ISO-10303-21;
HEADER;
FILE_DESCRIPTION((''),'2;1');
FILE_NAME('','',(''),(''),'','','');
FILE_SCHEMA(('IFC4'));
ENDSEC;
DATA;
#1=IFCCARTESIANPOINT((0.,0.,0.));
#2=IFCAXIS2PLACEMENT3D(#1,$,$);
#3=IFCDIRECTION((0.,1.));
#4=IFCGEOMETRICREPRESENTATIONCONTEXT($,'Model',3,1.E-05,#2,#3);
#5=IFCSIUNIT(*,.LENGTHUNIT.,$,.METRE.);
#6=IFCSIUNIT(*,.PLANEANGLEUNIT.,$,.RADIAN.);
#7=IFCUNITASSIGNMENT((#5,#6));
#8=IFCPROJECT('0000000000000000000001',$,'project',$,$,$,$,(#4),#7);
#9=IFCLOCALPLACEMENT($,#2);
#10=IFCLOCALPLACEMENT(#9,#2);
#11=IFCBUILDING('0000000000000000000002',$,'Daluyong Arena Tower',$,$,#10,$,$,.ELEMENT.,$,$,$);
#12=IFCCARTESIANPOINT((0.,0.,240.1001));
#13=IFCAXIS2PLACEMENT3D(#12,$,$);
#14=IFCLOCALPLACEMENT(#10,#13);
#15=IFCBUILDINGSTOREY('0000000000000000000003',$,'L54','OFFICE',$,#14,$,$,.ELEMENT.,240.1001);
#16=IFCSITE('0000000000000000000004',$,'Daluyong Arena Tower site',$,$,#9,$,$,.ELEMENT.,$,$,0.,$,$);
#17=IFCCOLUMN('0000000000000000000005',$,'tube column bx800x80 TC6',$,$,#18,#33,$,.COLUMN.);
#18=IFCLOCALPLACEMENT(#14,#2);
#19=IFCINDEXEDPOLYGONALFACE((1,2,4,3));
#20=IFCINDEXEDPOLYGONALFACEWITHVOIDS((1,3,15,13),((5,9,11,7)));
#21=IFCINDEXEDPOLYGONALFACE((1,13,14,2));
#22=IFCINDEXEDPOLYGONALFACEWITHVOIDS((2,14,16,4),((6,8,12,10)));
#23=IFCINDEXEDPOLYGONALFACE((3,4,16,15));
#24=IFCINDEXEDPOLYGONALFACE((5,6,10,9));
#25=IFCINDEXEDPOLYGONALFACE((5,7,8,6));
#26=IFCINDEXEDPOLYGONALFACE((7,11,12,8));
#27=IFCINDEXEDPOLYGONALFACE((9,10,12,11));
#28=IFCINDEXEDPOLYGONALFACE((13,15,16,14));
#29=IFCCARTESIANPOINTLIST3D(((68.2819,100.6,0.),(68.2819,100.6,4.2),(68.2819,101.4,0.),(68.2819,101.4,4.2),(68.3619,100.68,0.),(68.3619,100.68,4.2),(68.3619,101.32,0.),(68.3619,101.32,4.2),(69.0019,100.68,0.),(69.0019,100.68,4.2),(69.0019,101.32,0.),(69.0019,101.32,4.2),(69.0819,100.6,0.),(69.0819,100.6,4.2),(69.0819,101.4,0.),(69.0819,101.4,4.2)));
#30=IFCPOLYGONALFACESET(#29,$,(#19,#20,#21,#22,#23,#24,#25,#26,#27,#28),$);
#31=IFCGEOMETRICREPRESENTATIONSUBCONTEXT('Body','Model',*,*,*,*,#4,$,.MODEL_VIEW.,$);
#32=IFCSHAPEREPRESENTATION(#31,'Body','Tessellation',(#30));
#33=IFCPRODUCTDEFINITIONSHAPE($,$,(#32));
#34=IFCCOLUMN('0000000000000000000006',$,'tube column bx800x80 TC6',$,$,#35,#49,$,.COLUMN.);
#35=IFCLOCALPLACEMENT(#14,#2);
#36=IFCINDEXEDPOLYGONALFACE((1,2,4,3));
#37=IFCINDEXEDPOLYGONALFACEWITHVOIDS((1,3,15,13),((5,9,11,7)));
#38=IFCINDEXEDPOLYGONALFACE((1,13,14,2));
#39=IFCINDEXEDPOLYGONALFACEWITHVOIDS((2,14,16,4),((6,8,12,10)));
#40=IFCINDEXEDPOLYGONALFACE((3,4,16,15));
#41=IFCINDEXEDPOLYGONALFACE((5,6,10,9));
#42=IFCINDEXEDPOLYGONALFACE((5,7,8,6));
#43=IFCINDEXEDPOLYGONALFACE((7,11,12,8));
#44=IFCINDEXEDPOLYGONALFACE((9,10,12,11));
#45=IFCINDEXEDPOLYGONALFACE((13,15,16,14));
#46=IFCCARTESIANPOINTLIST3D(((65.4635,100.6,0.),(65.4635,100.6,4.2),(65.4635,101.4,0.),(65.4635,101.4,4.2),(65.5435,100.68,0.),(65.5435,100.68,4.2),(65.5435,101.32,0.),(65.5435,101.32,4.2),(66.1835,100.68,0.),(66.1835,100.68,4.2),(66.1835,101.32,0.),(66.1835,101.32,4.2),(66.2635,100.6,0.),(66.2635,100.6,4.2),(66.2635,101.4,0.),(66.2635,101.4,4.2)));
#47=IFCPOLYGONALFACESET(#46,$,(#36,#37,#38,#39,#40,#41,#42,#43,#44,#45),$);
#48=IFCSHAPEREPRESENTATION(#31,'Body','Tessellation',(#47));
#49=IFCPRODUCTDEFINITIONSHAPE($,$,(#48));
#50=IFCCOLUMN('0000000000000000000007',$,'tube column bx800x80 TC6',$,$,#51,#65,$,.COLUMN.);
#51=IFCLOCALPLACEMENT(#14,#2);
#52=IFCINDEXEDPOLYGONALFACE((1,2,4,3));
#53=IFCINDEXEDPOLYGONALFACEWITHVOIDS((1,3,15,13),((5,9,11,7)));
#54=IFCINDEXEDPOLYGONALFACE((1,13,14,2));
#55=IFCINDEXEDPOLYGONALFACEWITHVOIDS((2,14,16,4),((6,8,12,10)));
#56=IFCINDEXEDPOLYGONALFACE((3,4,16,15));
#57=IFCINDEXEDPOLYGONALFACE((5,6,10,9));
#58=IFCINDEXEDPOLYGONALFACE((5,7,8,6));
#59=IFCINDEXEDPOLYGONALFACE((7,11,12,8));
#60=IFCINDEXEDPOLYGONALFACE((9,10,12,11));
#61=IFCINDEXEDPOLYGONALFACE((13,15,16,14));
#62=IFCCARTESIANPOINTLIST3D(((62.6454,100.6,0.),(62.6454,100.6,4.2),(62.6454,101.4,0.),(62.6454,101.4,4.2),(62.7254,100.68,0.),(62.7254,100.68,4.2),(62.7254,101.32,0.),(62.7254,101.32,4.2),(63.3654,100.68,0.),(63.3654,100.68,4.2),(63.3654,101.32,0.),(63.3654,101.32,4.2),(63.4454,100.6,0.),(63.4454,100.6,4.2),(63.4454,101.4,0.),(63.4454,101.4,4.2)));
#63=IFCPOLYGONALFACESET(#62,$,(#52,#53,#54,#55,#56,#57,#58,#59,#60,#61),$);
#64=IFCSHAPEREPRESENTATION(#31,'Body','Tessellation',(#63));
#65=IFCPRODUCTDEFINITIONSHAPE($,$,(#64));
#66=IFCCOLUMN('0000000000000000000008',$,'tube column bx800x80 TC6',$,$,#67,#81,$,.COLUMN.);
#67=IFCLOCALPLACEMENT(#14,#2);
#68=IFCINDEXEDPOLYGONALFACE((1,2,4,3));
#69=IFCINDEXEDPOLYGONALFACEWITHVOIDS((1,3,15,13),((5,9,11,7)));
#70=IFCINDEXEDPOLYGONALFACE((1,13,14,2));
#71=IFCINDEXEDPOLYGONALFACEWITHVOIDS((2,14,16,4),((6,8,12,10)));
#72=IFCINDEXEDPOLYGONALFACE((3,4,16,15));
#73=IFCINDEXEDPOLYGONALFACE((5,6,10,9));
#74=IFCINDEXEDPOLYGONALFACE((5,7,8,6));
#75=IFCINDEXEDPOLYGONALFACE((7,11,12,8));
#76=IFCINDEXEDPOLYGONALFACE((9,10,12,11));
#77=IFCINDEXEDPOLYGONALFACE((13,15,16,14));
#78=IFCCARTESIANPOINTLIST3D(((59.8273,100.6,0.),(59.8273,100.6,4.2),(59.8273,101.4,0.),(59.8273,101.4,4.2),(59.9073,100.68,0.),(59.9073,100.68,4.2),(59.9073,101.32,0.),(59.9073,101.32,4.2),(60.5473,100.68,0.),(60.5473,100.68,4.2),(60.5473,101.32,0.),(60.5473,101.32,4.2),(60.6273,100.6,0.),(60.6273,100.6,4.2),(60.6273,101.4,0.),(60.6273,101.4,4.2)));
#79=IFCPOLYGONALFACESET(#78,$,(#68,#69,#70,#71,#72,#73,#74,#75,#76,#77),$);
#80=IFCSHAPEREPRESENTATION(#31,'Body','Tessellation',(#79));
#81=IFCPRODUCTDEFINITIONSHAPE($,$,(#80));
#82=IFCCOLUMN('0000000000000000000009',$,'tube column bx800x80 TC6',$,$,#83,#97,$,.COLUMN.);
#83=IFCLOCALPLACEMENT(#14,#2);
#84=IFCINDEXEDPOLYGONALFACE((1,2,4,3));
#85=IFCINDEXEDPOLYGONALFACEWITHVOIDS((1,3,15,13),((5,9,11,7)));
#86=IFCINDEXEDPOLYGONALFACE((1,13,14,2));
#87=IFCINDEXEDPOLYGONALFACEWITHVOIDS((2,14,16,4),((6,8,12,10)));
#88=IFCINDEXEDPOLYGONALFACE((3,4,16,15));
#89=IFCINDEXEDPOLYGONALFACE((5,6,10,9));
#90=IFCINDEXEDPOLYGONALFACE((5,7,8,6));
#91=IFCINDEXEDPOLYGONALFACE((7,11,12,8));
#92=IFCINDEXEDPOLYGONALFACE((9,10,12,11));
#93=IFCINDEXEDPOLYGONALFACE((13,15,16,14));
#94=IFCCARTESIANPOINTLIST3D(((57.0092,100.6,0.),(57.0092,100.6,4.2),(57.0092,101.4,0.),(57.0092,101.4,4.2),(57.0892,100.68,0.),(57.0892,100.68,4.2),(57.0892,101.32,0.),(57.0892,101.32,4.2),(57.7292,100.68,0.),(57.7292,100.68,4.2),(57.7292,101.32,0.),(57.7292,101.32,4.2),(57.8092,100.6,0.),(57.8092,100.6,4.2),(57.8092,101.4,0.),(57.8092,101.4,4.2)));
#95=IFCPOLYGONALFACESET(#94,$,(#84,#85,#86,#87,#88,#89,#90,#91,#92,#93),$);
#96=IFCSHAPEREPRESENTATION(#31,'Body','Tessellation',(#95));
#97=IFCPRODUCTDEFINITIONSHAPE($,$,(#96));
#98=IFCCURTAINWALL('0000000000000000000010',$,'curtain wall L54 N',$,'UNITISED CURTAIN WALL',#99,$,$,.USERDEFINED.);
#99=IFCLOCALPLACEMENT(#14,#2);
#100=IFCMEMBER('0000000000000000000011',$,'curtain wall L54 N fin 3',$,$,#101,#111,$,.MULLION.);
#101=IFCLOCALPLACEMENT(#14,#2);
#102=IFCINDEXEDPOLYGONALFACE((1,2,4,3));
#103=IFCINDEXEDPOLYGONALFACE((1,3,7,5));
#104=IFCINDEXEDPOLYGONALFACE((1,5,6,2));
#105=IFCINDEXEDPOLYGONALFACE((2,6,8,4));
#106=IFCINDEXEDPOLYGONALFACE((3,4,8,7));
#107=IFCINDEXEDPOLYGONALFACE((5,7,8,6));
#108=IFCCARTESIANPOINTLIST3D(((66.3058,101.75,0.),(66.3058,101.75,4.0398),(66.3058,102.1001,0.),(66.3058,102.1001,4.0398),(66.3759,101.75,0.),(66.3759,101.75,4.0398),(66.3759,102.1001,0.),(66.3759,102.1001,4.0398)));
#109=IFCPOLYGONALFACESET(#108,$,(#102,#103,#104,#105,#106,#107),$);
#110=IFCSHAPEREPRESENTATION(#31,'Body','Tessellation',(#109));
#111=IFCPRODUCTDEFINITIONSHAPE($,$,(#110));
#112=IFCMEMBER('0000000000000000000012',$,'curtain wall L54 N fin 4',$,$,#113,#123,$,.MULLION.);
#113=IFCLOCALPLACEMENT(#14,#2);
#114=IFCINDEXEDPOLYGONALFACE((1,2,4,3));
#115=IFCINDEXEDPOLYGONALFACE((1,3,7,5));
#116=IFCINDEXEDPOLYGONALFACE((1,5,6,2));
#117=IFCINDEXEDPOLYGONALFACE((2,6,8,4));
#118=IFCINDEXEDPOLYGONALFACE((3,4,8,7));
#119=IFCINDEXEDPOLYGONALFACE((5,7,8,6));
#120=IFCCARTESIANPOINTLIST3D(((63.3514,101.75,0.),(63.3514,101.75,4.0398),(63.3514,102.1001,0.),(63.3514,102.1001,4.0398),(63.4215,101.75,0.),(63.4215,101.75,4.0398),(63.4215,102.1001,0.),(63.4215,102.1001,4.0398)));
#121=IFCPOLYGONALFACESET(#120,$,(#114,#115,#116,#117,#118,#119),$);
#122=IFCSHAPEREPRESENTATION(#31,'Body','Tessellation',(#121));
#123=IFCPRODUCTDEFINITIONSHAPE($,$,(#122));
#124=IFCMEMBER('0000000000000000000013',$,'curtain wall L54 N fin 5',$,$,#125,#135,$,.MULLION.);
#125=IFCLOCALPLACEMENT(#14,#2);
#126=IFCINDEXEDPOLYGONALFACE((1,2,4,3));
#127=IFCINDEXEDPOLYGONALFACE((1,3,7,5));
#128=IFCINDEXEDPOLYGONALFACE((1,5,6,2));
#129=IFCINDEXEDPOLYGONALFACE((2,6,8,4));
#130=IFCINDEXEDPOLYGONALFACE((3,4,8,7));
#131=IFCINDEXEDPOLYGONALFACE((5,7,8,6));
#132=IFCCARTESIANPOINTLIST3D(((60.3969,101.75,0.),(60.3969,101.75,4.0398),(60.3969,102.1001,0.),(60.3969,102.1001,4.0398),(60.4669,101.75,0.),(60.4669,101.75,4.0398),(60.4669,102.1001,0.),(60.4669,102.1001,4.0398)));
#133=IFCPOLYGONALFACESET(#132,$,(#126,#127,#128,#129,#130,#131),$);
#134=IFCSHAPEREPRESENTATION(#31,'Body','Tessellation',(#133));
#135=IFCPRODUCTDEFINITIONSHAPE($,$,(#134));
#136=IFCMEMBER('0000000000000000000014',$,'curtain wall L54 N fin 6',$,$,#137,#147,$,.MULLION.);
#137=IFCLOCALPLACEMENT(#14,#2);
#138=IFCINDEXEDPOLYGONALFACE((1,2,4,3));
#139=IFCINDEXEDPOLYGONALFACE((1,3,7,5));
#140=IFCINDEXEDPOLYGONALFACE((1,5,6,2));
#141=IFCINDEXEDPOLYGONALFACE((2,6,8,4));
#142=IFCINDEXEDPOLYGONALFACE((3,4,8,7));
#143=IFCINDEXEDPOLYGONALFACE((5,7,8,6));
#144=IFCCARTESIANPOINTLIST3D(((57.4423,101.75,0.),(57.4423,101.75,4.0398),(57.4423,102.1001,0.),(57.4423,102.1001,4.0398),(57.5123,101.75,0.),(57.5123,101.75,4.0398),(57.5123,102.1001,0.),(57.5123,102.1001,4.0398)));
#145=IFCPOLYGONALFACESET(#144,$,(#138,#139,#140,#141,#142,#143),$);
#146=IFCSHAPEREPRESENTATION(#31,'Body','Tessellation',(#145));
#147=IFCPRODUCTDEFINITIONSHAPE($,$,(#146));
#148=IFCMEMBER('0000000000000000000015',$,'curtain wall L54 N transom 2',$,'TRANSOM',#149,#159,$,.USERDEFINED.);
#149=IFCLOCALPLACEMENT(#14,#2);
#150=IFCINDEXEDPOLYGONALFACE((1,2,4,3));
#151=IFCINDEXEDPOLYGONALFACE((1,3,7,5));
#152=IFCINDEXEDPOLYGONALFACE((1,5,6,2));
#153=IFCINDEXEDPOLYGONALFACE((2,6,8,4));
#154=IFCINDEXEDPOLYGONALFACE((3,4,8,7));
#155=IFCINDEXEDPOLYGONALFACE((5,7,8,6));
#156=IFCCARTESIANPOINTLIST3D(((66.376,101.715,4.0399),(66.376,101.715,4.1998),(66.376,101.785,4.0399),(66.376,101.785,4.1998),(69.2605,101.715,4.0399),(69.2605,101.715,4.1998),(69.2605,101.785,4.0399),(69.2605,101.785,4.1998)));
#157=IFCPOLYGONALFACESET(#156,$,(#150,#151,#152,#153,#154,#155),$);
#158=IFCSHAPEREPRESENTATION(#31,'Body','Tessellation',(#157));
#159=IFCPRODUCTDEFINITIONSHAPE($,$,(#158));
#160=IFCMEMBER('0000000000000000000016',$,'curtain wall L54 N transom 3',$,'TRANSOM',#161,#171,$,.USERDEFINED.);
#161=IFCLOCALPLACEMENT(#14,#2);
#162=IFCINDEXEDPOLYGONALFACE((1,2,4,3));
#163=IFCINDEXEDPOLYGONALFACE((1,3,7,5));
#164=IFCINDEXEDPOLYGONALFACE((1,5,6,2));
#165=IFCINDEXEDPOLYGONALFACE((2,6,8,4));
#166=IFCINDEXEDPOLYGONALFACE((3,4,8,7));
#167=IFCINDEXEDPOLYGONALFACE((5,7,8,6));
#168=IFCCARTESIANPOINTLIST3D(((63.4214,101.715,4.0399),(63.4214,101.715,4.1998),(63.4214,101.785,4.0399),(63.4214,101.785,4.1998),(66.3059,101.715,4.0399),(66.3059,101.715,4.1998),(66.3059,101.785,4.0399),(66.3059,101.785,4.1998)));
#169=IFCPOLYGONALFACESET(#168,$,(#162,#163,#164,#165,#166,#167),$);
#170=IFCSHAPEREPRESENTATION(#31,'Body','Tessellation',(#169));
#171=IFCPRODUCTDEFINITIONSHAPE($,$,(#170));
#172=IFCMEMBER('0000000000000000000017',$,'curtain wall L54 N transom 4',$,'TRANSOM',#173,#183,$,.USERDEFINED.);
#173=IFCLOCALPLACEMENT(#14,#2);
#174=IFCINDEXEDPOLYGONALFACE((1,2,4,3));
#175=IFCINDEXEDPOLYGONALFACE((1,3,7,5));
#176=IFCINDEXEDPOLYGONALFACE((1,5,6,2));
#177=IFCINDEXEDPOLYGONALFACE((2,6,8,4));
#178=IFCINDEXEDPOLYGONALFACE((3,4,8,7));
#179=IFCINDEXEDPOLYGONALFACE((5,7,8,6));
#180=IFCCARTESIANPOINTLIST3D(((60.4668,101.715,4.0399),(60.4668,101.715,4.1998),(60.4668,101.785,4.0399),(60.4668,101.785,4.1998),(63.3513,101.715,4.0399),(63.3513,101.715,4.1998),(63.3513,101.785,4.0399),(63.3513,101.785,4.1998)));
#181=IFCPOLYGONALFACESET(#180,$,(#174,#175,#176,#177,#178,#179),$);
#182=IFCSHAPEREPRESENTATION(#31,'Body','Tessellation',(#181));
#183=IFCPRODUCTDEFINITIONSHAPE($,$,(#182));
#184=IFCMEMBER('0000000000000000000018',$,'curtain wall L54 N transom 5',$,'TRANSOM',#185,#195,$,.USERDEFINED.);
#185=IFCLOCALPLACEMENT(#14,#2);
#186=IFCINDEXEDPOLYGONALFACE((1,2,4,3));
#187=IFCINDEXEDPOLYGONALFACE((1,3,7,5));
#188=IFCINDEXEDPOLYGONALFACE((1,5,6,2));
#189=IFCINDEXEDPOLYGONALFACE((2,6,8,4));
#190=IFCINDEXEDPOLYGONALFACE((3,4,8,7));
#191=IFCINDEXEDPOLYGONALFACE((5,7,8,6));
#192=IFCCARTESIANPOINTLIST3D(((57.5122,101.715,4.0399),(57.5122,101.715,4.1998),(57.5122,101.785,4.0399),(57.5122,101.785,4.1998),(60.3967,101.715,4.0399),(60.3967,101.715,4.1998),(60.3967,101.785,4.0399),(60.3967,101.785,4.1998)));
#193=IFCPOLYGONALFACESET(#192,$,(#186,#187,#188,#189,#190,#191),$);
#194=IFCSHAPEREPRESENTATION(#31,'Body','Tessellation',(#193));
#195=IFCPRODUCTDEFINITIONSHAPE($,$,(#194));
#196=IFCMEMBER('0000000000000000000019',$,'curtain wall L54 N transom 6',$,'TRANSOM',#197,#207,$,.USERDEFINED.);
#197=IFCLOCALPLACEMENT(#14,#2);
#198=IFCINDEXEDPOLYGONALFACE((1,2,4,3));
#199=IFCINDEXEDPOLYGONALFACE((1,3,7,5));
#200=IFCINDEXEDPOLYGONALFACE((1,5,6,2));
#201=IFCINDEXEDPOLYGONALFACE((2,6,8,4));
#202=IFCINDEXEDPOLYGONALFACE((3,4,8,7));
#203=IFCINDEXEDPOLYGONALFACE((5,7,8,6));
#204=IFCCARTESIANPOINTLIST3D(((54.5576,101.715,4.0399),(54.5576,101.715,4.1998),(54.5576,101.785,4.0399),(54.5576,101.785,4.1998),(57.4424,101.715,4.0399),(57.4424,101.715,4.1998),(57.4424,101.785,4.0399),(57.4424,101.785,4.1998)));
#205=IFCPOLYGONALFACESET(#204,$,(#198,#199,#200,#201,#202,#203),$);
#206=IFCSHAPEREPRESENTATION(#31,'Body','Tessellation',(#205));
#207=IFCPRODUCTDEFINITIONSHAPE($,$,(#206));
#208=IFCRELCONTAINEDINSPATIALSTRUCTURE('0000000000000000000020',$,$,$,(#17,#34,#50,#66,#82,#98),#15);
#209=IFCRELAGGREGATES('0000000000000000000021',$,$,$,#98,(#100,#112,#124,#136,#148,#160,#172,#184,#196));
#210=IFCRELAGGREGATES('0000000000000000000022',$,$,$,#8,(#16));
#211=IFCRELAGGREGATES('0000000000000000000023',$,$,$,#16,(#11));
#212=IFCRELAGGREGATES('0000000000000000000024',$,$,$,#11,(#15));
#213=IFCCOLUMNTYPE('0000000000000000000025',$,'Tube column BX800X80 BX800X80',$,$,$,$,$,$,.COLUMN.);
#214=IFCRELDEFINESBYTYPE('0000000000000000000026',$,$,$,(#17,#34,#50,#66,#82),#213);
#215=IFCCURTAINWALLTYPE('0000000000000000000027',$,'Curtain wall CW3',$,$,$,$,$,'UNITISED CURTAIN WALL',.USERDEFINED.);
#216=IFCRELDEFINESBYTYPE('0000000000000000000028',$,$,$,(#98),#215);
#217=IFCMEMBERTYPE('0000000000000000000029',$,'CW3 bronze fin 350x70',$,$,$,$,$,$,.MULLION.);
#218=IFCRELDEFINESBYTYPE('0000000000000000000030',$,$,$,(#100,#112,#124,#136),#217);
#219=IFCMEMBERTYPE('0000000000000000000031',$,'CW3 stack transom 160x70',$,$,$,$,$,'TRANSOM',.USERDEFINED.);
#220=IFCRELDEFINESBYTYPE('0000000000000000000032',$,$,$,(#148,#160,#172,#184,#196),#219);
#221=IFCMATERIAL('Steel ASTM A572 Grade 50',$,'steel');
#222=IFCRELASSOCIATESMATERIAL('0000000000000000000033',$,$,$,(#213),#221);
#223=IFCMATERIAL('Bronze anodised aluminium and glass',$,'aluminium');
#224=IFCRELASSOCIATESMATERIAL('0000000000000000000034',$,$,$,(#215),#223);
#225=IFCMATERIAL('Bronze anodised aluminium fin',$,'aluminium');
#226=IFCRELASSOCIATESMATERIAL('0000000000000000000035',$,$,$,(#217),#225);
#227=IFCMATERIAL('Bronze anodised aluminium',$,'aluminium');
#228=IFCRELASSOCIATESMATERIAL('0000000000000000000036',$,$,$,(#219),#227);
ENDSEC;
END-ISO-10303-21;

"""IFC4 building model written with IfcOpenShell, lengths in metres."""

from ifc_helpers import new_model, si_unit, direction, frame, origin, origin_2d, place, context, subcontext, project, spatial, rectangle, hollow_rectangle, extrude, material, material_profile, profile_set, type_object, element, aggregate, save


model = new_model("IFC4")

# Units and contexts
model_context = context("Model", 3, precision=1e-05, world=origin(), true_north=direction((0.0, 1.0)))
body_context = subcontext(model_context, "Body", "Model", "MODEL_VIEW")
ifc_project = project(units=[si_unit("LENGTHUNIT", "METRE"), si_unit("PLANEANGLEUNIT", "RADIAN")], contexts=[model_context])

# Site, building, storey
site_placement = place(None, origin())
site = spatial("IfcSite", under=ifc_project, at=site_placement, Name="Daluyong Arena Tower site", CompositionType="ELEMENT", RefElevation=0.0)
building_placement = place(site_placement, origin())
building = spatial("IfcBuilding", under=site, at=building_placement, Name="Daluyong Arena Tower", CompositionType="ELEMENT")
storey_placement = place(building_placement, frame((0.0, 0.0, 240.1001)))
storey = spatial("IfcBuildingStorey", under=building, at=storey_placement, Name="L54", Description="OFFICE", CompositionType="ELEMENT", Elevation=240.1001)

# Columns
ifc_material_1 = material(Name="Steel ASTM A572 Grade 50", Category="steel")
ifc_material_profile_1 = material_profile(ifc_material_1, hollow_rectangle(XDim=0.8, YDim=0.8, WallThickness=0.08, at=origin_2d()))
ifc_profile_set_1 = profile_set([ifc_material_profile_1], Name="Steel ASTM A572 Grade 50")
column_type = type_object("IfcColumnType", Name="Tube column BX800X80 BX800X80", PredefinedType="COLUMN", material=ifc_profile_set_1)
for number, where, z_axis, x_axis, name in (
    (1, (68.6819, 101.0, 0.0), (0.0, 0.0, 1.0), (1.0, 0.0, 0.0), "tube column bx800x80 TC6"),
    (2, (65.8635, 101.0, 0.0), (0.0, 0.0, 1.0), (1.0, 0.0, 0.0), "tube column bx800x80 TC6"),
    (3, (63.0454, 101.0, 0.0), (0.0, 0.0, 1.0), (1.0, 0.0, 0.0), "tube column bx800x80 TC6"),
    (4, (60.2273, 101.0, 0.0), (0.0, 0.0, 1.0), (1.0, 0.0, 0.0), "tube column bx800x80 TC6"),
    (5, (57.4092, 101.0, 0.0), (0.0, 0.0, 1.0), (1.0, 0.0, 0.0), "tube column bx800x80 TC6"),
):
    element("IfcColumn", number, at=place(storey_placement, frame(where, z_axis=z_axis, x_axis=x_axis)), inside=storey, type_object=column_type, Name=name, PredefinedType="COLUMN", context=body_context, shape_type="SweptSolid", body=[
        extrude(hollow_rectangle(XDim=0.8, YDim=0.8, WallThickness=0.08, at=origin_2d()), origin(), (0.0, 0.0, 1.0), 4.2),
    ])

# Curtain wall, members
ifc_material_2 = material(Name="Bronze anodised aluminium and glass", Category="aluminium")
curtain_wall_type = type_object("IfcCurtainWallType", Name="Curtain wall CW3", ElementType="UNITISED CURTAIN WALL", PredefinedType="USERDEFINED", material=ifc_material_2)
curtain_wall_placement = place(storey_placement, origin())
curtain_wall = element("IfcCurtainWall", 6, at=curtain_wall_placement, inside=storey, type_object=curtain_wall_type, Name="curtain wall L54 N", ObjectType="UNITISED CURTAIN WALL", PredefinedType="USERDEFINED")
ifc_material_3 = material(Name="Bronze anodised aluminium fin", Category="aluminium")
ifc_material_profile_2 = material_profile(ifc_material_3, rectangle(XDim=0.3501, YDim=0.0701, at=origin_2d()))
ifc_profile_set_2 = profile_set([ifc_material_profile_2], Name="Bronze anodised aluminium fin")
member_type_1 = type_object("IfcMemberType", Name="CW3 bronze fin 350x70", PredefinedType="MULLION", material=ifc_profile_set_2)
member_1_placement = place(storey_placement, frame((66.3408, 101.925, 0.0), z_axis=(0.0, 0.0, 1.0), x_axis=(0.0, -1.0, 0.0)))
member_1 = element("IfcMember", 7, at=member_1_placement, type_object=member_type_1, Name="curtain wall L54 N fin 3", PredefinedType="MULLION", context=body_context, shape_type="SweptSolid", body=[
    extrude(rectangle(XDim=0.3501, YDim=0.0701, at=origin_2d()), origin(), (0.0, 0.0, 1.0), 4.0398),
])
member_2_placement = place(storey_placement, frame((63.3865, 101.925, 0.0), z_axis=(0.0, 0.0, 1.0), x_axis=(0.0, -1.0, 0.0)))
member_2 = element("IfcMember", 8, at=member_2_placement, type_object=member_type_1, Name="curtain wall L54 N fin 4", PredefinedType="MULLION", context=body_context, shape_type="SweptSolid", body=[
    extrude(rectangle(XDim=0.3501, YDim=0.0701, at=origin_2d()), origin(), (0.0, 0.0, 1.0), 4.0398),
])
member_3_placement = place(storey_placement, frame((60.4319, 101.925, 0.0), z_axis=(0.0, 0.0, 1.0), x_axis=(0.0, -1.0, 0.0)))
member_3 = element("IfcMember", 9, at=member_3_placement, type_object=member_type_1, Name="curtain wall L54 N fin 5", PredefinedType="MULLION", context=body_context, shape_type="SweptSolid", body=[
    extrude(rectangle(XDim=0.3501, YDim=0.0701, at=origin_2d()), origin(), (0.0, 0.0, 1.0), 4.0398),
])
member_4_placement = place(storey_placement, frame((57.4773, 101.925, 0.0), z_axis=(0.0, 0.0, 1.0), x_axis=(0.0, -1.0, 0.0)))
member_4 = element("IfcMember", 10, at=member_4_placement, type_object=member_type_1, Name="curtain wall L54 N fin 6", PredefinedType="MULLION", context=body_context, shape_type="SweptSolid", body=[
    extrude(rectangle(XDim=0.3501, YDim=0.0701, at=origin_2d()), origin(), (0.0, 0.0, 1.0), 4.0398),
])
ifc_material_4 = material(Name="Bronze anodised aluminium", Category="aluminium")
ifc_material_profile_3 = material_profile(ifc_material_4, rectangle(XDim=0.0701, YDim=0.1599, at=origin_2d()))
ifc_profile_set_3 = profile_set([ifc_material_profile_3], Name="Bronze anodised aluminium")
member_type_2 = type_object("IfcMemberType", Name="CW3 stack transom 160x70", ElementType="TRANSOM", PredefinedType="USERDEFINED", material=ifc_profile_set_3)
member_5_placement = place(storey_placement, frame((69.2605, 101.75, 4.1199), z_axis=(-1.0, 0.0, 0.0), x_axis=(0.0, -1.0, 0.0)))
member_5 = element("IfcMember", 11, at=member_5_placement, type_object=member_type_2, Name="curtain wall L54 N transom 2", ObjectType="TRANSOM", PredefinedType="USERDEFINED", context=body_context, shape_type="SweptSolid", body=[
    extrude(rectangle(XDim=0.0701, YDim=0.1599, at=origin_2d()), origin(), (0.0, 0.0, 1.0), 2.8845),
])
member_6_placement = place(storey_placement, frame((66.3059, 101.75, 4.1199), z_axis=(-1.0, 0.0, 0.0), x_axis=(0.0, -1.0, 0.0)))
member_6 = element("IfcMember", 12, at=member_6_placement, type_object=member_type_2, Name="curtain wall L54 N transom 3", ObjectType="TRANSOM", PredefinedType="USERDEFINED", context=body_context, shape_type="SweptSolid", body=[
    extrude(rectangle(XDim=0.0701, YDim=0.1599, at=origin_2d()), origin(), (0.0, 0.0, 1.0), 2.8845),
])
member_7_placement = place(storey_placement, frame((63.3513, 101.75, 4.1199), z_axis=(-1.0, 0.0, 0.0), x_axis=(0.0, -1.0, 0.0)))
member_7 = element("IfcMember", 13, at=member_7_placement, type_object=member_type_2, Name="curtain wall L54 N transom 4", ObjectType="TRANSOM", PredefinedType="USERDEFINED", context=body_context, shape_type="SweptSolid", body=[
    extrude(rectangle(XDim=0.0701, YDim=0.1599, at=origin_2d()), origin(), (0.0, 0.0, 1.0), 2.8845),
])
member_8_placement = place(storey_placement, frame((60.3967, 101.75, 4.1199), z_axis=(-1.0, 0.0, 0.0), x_axis=(0.0, -1.0, 0.0)))
member_8 = element("IfcMember", 14, at=member_8_placement, type_object=member_type_2, Name="curtain wall L54 N transom 5", ObjectType="TRANSOM", PredefinedType="USERDEFINED", context=body_context, shape_type="SweptSolid", body=[
    extrude(rectangle(XDim=0.0701, YDim=0.1599, at=origin_2d()), origin(), (0.0, 0.0, 1.0), 2.8845),
])
member_9_placement = place(storey_placement, frame((57.4424, 101.75, 4.1199), z_axis=(-1.0, 0.0, 0.0), x_axis=(0.0, -1.0, 0.0)))
member_9 = element("IfcMember", 15, at=member_9_placement, type_object=member_type_2, Name="curtain wall L54 N transom 6", ObjectType="TRANSOM", PredefinedType="USERDEFINED", context=body_context, shape_type="SweptSolid", body=[
    extrude(rectangle(XDim=0.0701, YDim=0.1599, at=origin_2d()), origin(), (0.0, 0.0, 1.0), 2.8848),
])

aggregate(curtain_wall, [member_1, member_2, member_3, member_4, member_5, member_6, member_7, member_8, member_9])

save(model, "model.ifc")
